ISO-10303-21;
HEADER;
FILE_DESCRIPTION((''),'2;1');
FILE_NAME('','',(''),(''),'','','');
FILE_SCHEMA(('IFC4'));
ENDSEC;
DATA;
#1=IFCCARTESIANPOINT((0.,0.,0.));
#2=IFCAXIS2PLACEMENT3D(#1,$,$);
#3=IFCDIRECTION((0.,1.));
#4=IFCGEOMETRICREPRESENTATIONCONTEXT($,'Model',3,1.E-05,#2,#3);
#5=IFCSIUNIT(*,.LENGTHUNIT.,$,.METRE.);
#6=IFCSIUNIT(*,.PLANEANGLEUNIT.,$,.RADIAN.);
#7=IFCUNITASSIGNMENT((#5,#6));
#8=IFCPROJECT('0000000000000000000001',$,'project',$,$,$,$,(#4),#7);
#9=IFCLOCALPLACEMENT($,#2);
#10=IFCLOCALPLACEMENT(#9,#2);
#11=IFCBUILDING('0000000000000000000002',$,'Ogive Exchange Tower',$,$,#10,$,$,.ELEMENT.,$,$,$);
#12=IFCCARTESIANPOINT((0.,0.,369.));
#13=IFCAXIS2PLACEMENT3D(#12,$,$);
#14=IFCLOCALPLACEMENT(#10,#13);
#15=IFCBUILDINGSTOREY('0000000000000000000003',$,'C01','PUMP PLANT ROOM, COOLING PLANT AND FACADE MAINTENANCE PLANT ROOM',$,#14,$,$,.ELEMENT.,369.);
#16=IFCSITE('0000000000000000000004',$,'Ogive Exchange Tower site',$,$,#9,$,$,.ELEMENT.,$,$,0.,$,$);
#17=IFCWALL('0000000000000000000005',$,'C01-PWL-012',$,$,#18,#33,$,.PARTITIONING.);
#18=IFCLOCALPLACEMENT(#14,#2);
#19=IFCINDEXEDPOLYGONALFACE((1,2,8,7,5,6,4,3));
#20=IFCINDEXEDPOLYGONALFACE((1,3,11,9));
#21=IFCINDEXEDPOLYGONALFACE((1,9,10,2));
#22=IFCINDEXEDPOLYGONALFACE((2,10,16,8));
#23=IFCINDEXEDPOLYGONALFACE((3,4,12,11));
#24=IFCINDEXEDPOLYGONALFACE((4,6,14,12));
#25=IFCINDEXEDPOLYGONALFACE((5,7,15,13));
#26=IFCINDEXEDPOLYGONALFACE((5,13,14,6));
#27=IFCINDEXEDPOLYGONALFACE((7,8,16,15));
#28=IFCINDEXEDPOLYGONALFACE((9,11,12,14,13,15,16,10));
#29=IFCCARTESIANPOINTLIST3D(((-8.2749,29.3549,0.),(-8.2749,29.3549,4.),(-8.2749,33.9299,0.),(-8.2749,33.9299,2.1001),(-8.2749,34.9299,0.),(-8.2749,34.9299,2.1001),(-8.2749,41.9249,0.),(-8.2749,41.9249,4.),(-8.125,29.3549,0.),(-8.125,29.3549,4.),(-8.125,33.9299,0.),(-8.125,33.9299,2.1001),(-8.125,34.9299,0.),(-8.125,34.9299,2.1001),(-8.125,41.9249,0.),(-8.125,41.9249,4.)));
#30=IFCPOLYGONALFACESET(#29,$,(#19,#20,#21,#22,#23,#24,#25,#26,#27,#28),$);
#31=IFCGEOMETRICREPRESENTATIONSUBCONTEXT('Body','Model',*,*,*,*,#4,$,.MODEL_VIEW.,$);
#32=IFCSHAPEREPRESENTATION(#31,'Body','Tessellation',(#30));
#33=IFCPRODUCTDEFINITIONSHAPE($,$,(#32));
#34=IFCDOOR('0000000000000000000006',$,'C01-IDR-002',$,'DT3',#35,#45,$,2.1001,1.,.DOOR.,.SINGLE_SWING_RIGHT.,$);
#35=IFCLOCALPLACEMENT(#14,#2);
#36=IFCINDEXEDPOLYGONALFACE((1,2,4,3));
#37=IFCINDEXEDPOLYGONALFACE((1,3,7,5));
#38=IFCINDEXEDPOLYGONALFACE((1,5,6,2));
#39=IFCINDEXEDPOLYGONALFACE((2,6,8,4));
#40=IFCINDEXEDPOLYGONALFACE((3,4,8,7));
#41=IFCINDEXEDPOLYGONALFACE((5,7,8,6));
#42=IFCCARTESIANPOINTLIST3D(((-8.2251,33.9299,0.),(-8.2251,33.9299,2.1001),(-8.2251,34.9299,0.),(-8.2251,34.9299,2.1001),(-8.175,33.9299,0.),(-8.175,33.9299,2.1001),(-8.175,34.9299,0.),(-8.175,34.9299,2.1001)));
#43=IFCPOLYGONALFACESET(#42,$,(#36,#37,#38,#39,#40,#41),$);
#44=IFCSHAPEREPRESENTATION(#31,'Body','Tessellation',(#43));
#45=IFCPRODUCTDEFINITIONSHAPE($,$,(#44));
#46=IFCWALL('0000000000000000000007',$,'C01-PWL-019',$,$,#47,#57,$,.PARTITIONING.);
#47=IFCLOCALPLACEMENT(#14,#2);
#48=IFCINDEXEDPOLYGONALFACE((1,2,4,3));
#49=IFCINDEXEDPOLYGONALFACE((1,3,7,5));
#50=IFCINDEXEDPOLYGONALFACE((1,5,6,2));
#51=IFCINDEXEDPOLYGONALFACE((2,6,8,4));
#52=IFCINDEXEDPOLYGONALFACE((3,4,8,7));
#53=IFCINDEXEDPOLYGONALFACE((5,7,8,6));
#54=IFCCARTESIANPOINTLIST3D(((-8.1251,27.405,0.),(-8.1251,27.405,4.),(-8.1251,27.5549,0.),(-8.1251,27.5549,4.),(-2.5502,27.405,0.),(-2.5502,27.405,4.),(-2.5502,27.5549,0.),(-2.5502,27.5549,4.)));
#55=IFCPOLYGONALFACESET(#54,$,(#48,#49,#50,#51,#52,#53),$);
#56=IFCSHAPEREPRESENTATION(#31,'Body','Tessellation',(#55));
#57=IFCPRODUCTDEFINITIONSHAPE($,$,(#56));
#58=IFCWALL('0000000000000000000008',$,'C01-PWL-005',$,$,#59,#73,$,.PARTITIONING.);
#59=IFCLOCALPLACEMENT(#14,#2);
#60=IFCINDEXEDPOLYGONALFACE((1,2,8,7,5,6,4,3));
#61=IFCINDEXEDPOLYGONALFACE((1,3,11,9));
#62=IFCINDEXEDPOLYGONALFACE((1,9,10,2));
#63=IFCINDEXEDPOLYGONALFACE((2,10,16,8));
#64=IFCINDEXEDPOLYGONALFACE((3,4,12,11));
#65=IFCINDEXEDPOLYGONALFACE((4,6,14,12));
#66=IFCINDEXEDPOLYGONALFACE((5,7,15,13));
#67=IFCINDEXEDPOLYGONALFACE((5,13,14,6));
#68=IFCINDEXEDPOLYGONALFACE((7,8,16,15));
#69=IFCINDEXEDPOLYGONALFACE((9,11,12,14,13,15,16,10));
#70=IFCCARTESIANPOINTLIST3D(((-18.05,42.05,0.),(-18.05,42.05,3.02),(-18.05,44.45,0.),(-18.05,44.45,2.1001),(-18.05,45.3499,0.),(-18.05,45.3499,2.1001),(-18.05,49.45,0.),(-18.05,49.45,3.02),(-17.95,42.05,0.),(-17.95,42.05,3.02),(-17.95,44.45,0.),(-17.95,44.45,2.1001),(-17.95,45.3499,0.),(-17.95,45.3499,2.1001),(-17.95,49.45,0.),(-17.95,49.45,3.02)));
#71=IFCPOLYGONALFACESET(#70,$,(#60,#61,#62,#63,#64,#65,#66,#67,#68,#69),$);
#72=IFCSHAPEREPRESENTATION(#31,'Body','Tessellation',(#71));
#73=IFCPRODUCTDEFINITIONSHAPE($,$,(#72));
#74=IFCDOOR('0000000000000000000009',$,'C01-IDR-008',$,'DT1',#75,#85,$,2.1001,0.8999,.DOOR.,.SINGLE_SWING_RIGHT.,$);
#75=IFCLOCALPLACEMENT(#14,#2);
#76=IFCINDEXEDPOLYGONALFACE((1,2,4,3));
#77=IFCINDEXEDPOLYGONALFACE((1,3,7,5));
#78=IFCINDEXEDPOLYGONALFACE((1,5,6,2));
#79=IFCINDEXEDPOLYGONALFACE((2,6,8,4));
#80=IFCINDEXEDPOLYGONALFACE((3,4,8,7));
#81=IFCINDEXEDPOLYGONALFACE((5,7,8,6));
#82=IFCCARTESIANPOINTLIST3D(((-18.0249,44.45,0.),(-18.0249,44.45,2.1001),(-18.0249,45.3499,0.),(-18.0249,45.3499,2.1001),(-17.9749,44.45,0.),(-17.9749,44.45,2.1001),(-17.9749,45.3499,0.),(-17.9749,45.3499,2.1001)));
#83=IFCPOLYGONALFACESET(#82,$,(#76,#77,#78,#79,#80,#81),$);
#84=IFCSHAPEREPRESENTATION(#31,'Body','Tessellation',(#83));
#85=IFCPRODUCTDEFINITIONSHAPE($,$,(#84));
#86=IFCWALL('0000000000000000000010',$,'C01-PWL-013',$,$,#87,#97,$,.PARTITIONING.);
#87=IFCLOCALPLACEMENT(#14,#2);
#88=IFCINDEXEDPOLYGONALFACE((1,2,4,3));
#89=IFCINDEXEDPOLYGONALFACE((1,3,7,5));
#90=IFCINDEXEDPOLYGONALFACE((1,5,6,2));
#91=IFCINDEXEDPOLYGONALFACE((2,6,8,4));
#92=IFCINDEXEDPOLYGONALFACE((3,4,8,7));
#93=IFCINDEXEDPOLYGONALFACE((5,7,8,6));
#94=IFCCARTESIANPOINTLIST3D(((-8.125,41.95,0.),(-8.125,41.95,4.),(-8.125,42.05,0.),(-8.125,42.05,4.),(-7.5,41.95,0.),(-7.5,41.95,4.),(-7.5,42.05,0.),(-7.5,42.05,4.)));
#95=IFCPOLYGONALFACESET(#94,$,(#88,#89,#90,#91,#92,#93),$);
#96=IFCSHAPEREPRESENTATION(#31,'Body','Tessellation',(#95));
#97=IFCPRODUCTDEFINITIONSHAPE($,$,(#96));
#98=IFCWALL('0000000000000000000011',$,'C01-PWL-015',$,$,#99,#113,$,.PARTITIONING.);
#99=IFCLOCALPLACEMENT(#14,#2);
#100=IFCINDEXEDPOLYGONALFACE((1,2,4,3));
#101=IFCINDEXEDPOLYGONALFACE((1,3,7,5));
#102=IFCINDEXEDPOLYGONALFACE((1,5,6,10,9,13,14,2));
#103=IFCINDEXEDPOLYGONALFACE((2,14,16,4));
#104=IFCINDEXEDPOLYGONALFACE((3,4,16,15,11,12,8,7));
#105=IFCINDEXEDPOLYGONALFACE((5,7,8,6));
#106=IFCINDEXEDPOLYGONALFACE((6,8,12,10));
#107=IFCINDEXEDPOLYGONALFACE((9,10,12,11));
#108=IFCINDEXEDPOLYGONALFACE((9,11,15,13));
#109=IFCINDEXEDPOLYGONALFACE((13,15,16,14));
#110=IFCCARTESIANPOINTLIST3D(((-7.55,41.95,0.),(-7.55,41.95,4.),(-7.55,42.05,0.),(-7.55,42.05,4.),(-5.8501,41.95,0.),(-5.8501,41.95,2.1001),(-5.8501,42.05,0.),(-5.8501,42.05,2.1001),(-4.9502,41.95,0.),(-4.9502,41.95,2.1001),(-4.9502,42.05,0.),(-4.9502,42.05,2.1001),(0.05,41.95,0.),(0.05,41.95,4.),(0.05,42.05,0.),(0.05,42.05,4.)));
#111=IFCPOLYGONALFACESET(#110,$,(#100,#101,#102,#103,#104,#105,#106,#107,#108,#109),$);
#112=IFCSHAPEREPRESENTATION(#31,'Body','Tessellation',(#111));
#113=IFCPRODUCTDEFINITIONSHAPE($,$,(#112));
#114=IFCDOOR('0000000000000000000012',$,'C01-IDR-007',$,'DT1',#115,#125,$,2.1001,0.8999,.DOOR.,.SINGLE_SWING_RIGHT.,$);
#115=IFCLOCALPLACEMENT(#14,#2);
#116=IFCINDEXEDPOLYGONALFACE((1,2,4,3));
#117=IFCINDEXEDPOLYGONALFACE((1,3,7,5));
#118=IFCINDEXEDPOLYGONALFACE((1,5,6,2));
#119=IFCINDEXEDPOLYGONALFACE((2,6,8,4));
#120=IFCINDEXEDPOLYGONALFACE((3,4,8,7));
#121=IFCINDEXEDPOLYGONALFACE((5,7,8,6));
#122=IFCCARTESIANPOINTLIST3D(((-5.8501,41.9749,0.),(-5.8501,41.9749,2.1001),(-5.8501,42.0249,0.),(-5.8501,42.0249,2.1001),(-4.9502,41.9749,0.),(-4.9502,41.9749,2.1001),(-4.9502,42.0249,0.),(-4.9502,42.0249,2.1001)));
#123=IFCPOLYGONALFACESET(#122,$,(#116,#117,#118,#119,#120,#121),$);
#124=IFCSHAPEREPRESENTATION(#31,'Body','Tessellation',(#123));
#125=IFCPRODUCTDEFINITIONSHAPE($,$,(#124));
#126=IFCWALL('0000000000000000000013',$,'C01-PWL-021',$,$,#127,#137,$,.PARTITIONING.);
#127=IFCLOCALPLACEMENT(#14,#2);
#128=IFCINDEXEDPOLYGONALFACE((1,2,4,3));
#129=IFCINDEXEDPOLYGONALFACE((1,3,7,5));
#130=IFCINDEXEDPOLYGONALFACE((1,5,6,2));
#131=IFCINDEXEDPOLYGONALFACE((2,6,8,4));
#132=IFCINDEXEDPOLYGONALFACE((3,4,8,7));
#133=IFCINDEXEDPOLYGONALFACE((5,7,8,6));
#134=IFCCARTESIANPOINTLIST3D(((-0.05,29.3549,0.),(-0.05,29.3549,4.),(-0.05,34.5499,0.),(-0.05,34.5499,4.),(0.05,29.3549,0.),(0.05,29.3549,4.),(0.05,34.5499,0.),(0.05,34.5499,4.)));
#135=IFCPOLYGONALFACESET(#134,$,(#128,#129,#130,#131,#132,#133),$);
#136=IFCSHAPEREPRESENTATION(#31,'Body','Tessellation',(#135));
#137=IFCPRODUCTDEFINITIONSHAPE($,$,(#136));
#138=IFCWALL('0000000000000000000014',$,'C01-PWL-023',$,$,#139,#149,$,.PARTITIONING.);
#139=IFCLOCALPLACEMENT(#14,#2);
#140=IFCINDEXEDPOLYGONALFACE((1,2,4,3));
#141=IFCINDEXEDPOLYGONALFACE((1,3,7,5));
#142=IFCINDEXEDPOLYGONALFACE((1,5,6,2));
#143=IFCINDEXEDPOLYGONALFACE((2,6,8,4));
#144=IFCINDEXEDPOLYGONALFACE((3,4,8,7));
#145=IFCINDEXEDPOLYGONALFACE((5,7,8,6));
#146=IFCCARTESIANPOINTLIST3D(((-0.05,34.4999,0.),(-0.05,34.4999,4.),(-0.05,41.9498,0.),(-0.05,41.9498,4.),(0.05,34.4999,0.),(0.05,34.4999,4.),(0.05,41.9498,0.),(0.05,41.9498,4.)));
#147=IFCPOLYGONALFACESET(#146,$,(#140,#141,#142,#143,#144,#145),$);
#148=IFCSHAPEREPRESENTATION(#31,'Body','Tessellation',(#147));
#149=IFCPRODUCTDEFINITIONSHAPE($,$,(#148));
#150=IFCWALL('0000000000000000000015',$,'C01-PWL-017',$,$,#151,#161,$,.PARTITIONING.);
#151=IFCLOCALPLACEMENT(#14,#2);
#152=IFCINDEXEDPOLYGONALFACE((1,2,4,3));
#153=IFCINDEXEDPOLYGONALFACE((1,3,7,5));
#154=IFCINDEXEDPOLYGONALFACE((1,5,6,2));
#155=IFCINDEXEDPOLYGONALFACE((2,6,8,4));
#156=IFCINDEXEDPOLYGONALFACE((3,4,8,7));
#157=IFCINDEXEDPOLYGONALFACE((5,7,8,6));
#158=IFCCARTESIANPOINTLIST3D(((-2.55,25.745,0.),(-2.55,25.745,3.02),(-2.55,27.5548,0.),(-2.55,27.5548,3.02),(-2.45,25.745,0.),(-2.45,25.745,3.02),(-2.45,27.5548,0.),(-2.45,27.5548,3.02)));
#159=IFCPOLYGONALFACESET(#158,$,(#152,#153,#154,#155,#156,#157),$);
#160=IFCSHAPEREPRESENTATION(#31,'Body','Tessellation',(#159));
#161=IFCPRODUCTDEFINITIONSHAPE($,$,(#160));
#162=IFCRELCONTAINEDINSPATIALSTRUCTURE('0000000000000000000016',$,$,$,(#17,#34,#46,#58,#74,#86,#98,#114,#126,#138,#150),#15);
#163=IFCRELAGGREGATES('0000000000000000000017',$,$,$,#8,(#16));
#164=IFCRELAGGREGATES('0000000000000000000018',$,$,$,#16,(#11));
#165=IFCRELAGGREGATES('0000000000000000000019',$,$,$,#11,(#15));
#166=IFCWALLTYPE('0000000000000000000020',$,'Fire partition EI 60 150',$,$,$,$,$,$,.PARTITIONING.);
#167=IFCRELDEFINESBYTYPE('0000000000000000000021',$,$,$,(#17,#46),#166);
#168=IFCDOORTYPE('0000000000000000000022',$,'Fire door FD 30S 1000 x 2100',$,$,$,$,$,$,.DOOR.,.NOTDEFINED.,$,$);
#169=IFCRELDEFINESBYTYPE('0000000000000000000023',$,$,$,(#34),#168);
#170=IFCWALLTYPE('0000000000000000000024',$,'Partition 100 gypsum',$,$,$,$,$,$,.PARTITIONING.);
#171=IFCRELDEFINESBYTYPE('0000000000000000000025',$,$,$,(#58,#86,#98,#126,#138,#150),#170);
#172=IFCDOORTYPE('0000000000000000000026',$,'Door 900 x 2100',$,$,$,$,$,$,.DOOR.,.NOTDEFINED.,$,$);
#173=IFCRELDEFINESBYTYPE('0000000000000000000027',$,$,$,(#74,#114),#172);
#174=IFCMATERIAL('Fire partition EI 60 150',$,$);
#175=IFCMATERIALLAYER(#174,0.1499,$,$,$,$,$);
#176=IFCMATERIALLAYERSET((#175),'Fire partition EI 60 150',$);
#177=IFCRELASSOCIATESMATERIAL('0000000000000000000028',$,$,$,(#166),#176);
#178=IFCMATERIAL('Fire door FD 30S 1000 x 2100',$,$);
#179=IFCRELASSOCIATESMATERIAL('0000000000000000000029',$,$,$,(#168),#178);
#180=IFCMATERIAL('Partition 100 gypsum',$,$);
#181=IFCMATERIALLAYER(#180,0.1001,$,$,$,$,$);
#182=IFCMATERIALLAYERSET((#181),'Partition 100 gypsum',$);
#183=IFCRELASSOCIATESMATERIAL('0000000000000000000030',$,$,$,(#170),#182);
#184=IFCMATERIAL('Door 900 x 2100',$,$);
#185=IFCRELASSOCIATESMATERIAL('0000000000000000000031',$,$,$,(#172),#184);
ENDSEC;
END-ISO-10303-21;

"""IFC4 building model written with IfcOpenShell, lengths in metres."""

from ifc_helpers import new_model, si_unit, direction, frame, frame_2d, origin, place, context, subcontext, project, spatial, rectangle, extrude, material, layer, layer_set, type_object, element, fill, save


model = new_model("IFC4")

# Units and contexts
model_context = context("Model", 3, precision=1e-05, world=origin(), true_north=direction((0.0, 1.0)))
body_context = subcontext(model_context, "Body", "Model", "MODEL_VIEW")
ifc_project = project(units=[si_unit("LENGTHUNIT", "METRE"), si_unit("PLANEANGLEUNIT", "RADIAN")], contexts=[model_context])

# Site, building, storey
site_placement = place(None, origin())
site = spatial("IfcSite", under=ifc_project, at=site_placement, Name="Ogive Exchange Tower site", CompositionType="ELEMENT", RefElevation=0.0)
building_placement = place(site_placement, origin())
building = spatial("IfcBuilding", under=site, at=building_placement, Name="Ogive Exchange Tower", CompositionType="ELEMENT")
storey_placement = place(building_placement, frame((0.0, 0.0, 369.0)))
storey = spatial("IfcBuildingStorey", under=building, at=storey_placement, Name="C01", Description="PUMP PLANT ROOM, COOLING PLANT AND FACADE MAINTENANCE PLANT ROOM", CompositionType="ELEMENT", Elevation=369.0)

# Shared definitions
ifc_material_1 = material(Name="Fire partition EI 60 150")
ifc_layer_1 = layer(ifc_material_1, 0.1499)
ifc_layer_set_1 = layer_set([ifc_layer_1], Name="Fire partition EI 60 150")
wall_type_1 = type_object("IfcWallType", Name="Fire partition EI 60 150", PredefinedType="PARTITIONING", material=ifc_layer_set_1)

# Shared definitions
ifc_material_2 = material(Name="Fire door FD 30S 1000 x 2100")
door_type_1 = type_object("IfcDoorType", Name="Fire door FD 30S 1000 x 2100", OperationType="NOTDEFINED", PredefinedType="DOOR", material=ifc_material_2)

# Wall, opening, door
wall_1_placement = place(storey_placement, frame((-8.2, 41.925, 0.0), z_axis=(0.0, 0.0, 1.0), x_axis=(0.0, -1.0, 0.0)))
wall_1 = element("IfcWall", 1, at=wall_1_placement, inside=storey, type_object=wall_type_1, Name="C01-PWL-012", PredefinedType="PARTITIONING", context=body_context, shape_type="SweptSolid", body=[
    extrude(rectangle(XDim=12.5701, YDim=0.1499, at=frame_2d((6.2852, 0.0))), origin(), (0.0, 0.0, 1.0), 4.0),
])
opening_1_placement = place(wall_1_placement, frame((6.9951, 0.0, 0.0)))
opening_1 = element("IfcOpeningElement", 2, at=opening_1_placement, cuts=wall_1, PredefinedType="OPENING", context=body_context, shape_type="SweptSolid", body=[
    extrude(rectangle(XDim=1.0, YDim=2.1001, at=frame_2d((0.5, 1.05))), frame((0.0, 0.085, 0.0), z_axis=(0.0, -1.0, 0.0), x_axis=(1.0, 0.0, 0.0)), (0.0, 0.0, 1.0), 0.1699),
])
door_1_placement = place(opening_1_placement, origin())
door_1 = element("IfcDoor", 3, at=door_1_placement, inside=storey, type_object=door_type_1, Name="C01-IDR-002", ObjectType="DT3", OperationType="SINGLE_SWING_RIGHT", OverallHeight=2.1001, OverallWidth=1.0, PredefinedType="DOOR", context=body_context, shape_type="SweptSolid", body=[
    extrude(rectangle(XDim=1.0, YDim=2.1001, at=frame_2d((0.5, 1.05))), frame((0.0, 0.0249, 0.0), z_axis=(0.0, -1.0, 0.0), x_axis=(1.0, 0.0, 0.0)), (0.0, 0.0, 1.0), 0.05),
])
fill(opening_1, door_1)

# Wall
wall_2_placement = place(storey_placement, frame((-2.55, 27.48, 0.0), z_axis=(0.0, 0.0, 1.0), x_axis=(-1.0, 0.0, 0.0)))
element("IfcWall", 4, at=wall_2_placement, inside=storey, type_object=wall_type_1, Name="C01-PWL-019", PredefinedType="PARTITIONING", context=body_context, shape_type="SweptSolid", body=[
    extrude(rectangle(XDim=5.575, YDim=0.1499, at=frame_2d((2.7876, 0.0))), origin(), (0.0, 0.0, 1.0), 4.0),
])

# Wall, opening, door
ifc_material_3 = material(Name="Partition 100 gypsum")
ifc_layer_2 = layer(ifc_material_3, 0.1001)
ifc_layer_set_2 = layer_set([ifc_layer_2], Name="Partition 100 gypsum")
wall_type_2 = type_object("IfcWallType", Name="Partition 100 gypsum", PredefinedType="PARTITIONING", material=ifc_layer_set_2)
wall_3_placement = place(storey_placement, frame((-18.0, 42.05, 0.0), z_axis=(0.0, 0.0, 1.0), x_axis=(0.0, 1.0, 0.0)))
wall_3 = element("IfcWall", 5, at=wall_3_placement, inside=storey, type_object=wall_type_2, Name="C01-PWL-005", PredefinedType="PARTITIONING", context=body_context, shape_type="SweptSolid", body=[
    extrude(rectangle(XDim=7.3999, YDim=0.1001, at=frame_2d((3.7, 0.0))), origin(), (0.0, 0.0, 1.0), 3.02),
])
opening_2_placement = place(wall_3_placement, frame((2.3999, 0.0, 0.0)))
opening_2 = element("IfcOpeningElement", 6, at=opening_2_placement, cuts=wall_3, PredefinedType="OPENING", context=body_context, shape_type="SweptSolid", body=[
    extrude(rectangle(XDim=0.8999, YDim=2.1001, at=frame_2d((0.45, 1.05))), frame((0.0, 0.0601, 0.0), z_axis=(0.0, -1.0, 0.0), x_axis=(1.0, 0.0, 0.0)), (0.0, 0.0, 1.0), 0.1201),
])
ifc_material_4 = material(Name="Door 900 x 2100")
door_type_2 = type_object("IfcDoorType", Name="Door 900 x 2100", OperationType="NOTDEFINED", PredefinedType="DOOR", material=ifc_material_4)
door_2_placement = place(opening_2_placement, origin())
door_2 = element("IfcDoor", 7, at=door_2_placement, inside=storey, type_object=door_type_2, Name="C01-IDR-008", ObjectType="DT1", OperationType="SINGLE_SWING_RIGHT", OverallHeight=2.1001, OverallWidth=0.8999, PredefinedType="DOOR", context=body_context, shape_type="SweptSolid", body=[
    extrude(rectangle(XDim=0.8999, YDim=2.1001, at=frame_2d((0.45, 1.05))), frame((0.0, 0.0249, 0.0), z_axis=(0.0, -1.0, 0.0), x_axis=(1.0, 0.0, 0.0)), (0.0, 0.0, 1.0), 0.05),
])
fill(opening_2, door_2)

# Wall
wall_4_placement = place(storey_placement, frame((-8.125, 42.0, 0.0), z_axis=(0.0, 0.0, 1.0), x_axis=(1.0, 0.0, 0.0)))
element("IfcWall", 8, at=wall_4_placement, inside=storey, type_object=wall_type_2, Name="C01-PWL-013", PredefinedType="PARTITIONING", context=body_context, shape_type="SweptSolid", body=[
    extrude(rectangle(XDim=0.625, YDim=0.1001, at=frame_2d((0.3125, 0.0))), origin(), (0.0, 0.0, 1.0), 4.0),
])

# Wall, opening, door
wall_5_placement = place(storey_placement, frame((-7.55, 42.0, 0.0), z_axis=(0.0, 0.0, 1.0), x_axis=(1.0, 0.0, 0.0)))
wall_5 = element("IfcWall", 9, at=wall_5_placement, inside=storey, type_object=wall_type_2, Name="C01-PWL-015", PredefinedType="PARTITIONING", context=body_context, shape_type="SweptSolid", body=[
    extrude(rectangle(XDim=7.6001, YDim=0.1001, at=frame_2d((3.8, 0.0))), origin(), (0.0, 0.0, 1.0), 4.0),
])
opening_3_placement = place(wall_5_placement, frame((1.7, 0.0, 0.0)))
opening_3 = element("IfcOpeningElement", 10, at=opening_3_placement, cuts=wall_5, PredefinedType="OPENING", context=body_context, shape_type="SweptSolid", body=[
    extrude(rectangle(XDim=0.8999, YDim=2.1001, at=frame_2d((0.45, 1.05))), frame((0.0, 0.0601, 0.0), z_axis=(0.0, -1.0, 0.0), x_axis=(1.0, 0.0, 0.0)), (0.0, 0.0, 1.0), 0.1201),
])
door_3_placement = place(opening_3_placement, origin())
door_3 = element("IfcDoor", 11, at=door_3_placement, inside=storey, type_object=door_type_2, Name="C01-IDR-007", ObjectType="DT1", OperationType="SINGLE_SWING_RIGHT", OverallHeight=2.1001, OverallWidth=0.8999, PredefinedType="DOOR", context=body_context, shape_type="SweptSolid", body=[
    extrude(rectangle(XDim=0.8999, YDim=2.1001, at=frame_2d((0.45, 1.05))), frame((0.0, 0.0249, 0.0), z_axis=(0.0, -1.0, 0.0), x_axis=(1.0, 0.0, 0.0)), (0.0, 0.0, 1.0), 0.05),
])
fill(opening_3, door_3)

# Walls
wall_6_placement = place(storey_placement, frame((0.0, 34.55, 0.0), z_axis=(0.0, 0.0, 1.0), x_axis=(0.0, -1.0, 0.0)))
element("IfcWall", 12, at=wall_6_placement, inside=storey, type_object=wall_type_2, Name="C01-PWL-021", PredefinedType="PARTITIONING", context=body_context, shape_type="SweptSolid", body=[
    extrude(rectangle(XDim=5.1951, YDim=0.1001, at=frame_2d((2.5977, 0.0))), origin(), (0.0, 0.0, 1.0), 4.0),
])
wall_7_placement = place(storey_placement, frame((0.0, 41.95, 0.0), z_axis=(0.0, 0.0, 1.0), x_axis=(0.0, -1.0, 0.0)))
element("IfcWall", 13, at=wall_7_placement, inside=storey, type_object=wall_type_2, Name="C01-PWL-023", PredefinedType="PARTITIONING", context=body_context, shape_type="SweptSolid", body=[
    extrude(rectangle(XDim=7.45, YDim=0.1001, at=frame_2d((3.7251, 0.0))), origin(), (0.0, 0.0, 1.0), 4.0),
])
wall_8_placement = place(storey_placement, frame((-2.5, 25.7451, 0.0), z_axis=(0.0, 0.0, 1.0), x_axis=(0.0, 1.0, 0.0)))
element("IfcWall", 14, at=wall_8_placement, inside=storey, type_object=wall_type_2, Name="C01-PWL-017", PredefinedType="PARTITIONING", context=body_context, shape_type="SweptSolid", body=[
    extrude(rectangle(XDim=1.8098, YDim=0.1001, at=frame_2d((0.9048, 0.0))), origin(), (0.0, 0.0, 1.0), 3.02),
])

save(model, "model.ifc")
